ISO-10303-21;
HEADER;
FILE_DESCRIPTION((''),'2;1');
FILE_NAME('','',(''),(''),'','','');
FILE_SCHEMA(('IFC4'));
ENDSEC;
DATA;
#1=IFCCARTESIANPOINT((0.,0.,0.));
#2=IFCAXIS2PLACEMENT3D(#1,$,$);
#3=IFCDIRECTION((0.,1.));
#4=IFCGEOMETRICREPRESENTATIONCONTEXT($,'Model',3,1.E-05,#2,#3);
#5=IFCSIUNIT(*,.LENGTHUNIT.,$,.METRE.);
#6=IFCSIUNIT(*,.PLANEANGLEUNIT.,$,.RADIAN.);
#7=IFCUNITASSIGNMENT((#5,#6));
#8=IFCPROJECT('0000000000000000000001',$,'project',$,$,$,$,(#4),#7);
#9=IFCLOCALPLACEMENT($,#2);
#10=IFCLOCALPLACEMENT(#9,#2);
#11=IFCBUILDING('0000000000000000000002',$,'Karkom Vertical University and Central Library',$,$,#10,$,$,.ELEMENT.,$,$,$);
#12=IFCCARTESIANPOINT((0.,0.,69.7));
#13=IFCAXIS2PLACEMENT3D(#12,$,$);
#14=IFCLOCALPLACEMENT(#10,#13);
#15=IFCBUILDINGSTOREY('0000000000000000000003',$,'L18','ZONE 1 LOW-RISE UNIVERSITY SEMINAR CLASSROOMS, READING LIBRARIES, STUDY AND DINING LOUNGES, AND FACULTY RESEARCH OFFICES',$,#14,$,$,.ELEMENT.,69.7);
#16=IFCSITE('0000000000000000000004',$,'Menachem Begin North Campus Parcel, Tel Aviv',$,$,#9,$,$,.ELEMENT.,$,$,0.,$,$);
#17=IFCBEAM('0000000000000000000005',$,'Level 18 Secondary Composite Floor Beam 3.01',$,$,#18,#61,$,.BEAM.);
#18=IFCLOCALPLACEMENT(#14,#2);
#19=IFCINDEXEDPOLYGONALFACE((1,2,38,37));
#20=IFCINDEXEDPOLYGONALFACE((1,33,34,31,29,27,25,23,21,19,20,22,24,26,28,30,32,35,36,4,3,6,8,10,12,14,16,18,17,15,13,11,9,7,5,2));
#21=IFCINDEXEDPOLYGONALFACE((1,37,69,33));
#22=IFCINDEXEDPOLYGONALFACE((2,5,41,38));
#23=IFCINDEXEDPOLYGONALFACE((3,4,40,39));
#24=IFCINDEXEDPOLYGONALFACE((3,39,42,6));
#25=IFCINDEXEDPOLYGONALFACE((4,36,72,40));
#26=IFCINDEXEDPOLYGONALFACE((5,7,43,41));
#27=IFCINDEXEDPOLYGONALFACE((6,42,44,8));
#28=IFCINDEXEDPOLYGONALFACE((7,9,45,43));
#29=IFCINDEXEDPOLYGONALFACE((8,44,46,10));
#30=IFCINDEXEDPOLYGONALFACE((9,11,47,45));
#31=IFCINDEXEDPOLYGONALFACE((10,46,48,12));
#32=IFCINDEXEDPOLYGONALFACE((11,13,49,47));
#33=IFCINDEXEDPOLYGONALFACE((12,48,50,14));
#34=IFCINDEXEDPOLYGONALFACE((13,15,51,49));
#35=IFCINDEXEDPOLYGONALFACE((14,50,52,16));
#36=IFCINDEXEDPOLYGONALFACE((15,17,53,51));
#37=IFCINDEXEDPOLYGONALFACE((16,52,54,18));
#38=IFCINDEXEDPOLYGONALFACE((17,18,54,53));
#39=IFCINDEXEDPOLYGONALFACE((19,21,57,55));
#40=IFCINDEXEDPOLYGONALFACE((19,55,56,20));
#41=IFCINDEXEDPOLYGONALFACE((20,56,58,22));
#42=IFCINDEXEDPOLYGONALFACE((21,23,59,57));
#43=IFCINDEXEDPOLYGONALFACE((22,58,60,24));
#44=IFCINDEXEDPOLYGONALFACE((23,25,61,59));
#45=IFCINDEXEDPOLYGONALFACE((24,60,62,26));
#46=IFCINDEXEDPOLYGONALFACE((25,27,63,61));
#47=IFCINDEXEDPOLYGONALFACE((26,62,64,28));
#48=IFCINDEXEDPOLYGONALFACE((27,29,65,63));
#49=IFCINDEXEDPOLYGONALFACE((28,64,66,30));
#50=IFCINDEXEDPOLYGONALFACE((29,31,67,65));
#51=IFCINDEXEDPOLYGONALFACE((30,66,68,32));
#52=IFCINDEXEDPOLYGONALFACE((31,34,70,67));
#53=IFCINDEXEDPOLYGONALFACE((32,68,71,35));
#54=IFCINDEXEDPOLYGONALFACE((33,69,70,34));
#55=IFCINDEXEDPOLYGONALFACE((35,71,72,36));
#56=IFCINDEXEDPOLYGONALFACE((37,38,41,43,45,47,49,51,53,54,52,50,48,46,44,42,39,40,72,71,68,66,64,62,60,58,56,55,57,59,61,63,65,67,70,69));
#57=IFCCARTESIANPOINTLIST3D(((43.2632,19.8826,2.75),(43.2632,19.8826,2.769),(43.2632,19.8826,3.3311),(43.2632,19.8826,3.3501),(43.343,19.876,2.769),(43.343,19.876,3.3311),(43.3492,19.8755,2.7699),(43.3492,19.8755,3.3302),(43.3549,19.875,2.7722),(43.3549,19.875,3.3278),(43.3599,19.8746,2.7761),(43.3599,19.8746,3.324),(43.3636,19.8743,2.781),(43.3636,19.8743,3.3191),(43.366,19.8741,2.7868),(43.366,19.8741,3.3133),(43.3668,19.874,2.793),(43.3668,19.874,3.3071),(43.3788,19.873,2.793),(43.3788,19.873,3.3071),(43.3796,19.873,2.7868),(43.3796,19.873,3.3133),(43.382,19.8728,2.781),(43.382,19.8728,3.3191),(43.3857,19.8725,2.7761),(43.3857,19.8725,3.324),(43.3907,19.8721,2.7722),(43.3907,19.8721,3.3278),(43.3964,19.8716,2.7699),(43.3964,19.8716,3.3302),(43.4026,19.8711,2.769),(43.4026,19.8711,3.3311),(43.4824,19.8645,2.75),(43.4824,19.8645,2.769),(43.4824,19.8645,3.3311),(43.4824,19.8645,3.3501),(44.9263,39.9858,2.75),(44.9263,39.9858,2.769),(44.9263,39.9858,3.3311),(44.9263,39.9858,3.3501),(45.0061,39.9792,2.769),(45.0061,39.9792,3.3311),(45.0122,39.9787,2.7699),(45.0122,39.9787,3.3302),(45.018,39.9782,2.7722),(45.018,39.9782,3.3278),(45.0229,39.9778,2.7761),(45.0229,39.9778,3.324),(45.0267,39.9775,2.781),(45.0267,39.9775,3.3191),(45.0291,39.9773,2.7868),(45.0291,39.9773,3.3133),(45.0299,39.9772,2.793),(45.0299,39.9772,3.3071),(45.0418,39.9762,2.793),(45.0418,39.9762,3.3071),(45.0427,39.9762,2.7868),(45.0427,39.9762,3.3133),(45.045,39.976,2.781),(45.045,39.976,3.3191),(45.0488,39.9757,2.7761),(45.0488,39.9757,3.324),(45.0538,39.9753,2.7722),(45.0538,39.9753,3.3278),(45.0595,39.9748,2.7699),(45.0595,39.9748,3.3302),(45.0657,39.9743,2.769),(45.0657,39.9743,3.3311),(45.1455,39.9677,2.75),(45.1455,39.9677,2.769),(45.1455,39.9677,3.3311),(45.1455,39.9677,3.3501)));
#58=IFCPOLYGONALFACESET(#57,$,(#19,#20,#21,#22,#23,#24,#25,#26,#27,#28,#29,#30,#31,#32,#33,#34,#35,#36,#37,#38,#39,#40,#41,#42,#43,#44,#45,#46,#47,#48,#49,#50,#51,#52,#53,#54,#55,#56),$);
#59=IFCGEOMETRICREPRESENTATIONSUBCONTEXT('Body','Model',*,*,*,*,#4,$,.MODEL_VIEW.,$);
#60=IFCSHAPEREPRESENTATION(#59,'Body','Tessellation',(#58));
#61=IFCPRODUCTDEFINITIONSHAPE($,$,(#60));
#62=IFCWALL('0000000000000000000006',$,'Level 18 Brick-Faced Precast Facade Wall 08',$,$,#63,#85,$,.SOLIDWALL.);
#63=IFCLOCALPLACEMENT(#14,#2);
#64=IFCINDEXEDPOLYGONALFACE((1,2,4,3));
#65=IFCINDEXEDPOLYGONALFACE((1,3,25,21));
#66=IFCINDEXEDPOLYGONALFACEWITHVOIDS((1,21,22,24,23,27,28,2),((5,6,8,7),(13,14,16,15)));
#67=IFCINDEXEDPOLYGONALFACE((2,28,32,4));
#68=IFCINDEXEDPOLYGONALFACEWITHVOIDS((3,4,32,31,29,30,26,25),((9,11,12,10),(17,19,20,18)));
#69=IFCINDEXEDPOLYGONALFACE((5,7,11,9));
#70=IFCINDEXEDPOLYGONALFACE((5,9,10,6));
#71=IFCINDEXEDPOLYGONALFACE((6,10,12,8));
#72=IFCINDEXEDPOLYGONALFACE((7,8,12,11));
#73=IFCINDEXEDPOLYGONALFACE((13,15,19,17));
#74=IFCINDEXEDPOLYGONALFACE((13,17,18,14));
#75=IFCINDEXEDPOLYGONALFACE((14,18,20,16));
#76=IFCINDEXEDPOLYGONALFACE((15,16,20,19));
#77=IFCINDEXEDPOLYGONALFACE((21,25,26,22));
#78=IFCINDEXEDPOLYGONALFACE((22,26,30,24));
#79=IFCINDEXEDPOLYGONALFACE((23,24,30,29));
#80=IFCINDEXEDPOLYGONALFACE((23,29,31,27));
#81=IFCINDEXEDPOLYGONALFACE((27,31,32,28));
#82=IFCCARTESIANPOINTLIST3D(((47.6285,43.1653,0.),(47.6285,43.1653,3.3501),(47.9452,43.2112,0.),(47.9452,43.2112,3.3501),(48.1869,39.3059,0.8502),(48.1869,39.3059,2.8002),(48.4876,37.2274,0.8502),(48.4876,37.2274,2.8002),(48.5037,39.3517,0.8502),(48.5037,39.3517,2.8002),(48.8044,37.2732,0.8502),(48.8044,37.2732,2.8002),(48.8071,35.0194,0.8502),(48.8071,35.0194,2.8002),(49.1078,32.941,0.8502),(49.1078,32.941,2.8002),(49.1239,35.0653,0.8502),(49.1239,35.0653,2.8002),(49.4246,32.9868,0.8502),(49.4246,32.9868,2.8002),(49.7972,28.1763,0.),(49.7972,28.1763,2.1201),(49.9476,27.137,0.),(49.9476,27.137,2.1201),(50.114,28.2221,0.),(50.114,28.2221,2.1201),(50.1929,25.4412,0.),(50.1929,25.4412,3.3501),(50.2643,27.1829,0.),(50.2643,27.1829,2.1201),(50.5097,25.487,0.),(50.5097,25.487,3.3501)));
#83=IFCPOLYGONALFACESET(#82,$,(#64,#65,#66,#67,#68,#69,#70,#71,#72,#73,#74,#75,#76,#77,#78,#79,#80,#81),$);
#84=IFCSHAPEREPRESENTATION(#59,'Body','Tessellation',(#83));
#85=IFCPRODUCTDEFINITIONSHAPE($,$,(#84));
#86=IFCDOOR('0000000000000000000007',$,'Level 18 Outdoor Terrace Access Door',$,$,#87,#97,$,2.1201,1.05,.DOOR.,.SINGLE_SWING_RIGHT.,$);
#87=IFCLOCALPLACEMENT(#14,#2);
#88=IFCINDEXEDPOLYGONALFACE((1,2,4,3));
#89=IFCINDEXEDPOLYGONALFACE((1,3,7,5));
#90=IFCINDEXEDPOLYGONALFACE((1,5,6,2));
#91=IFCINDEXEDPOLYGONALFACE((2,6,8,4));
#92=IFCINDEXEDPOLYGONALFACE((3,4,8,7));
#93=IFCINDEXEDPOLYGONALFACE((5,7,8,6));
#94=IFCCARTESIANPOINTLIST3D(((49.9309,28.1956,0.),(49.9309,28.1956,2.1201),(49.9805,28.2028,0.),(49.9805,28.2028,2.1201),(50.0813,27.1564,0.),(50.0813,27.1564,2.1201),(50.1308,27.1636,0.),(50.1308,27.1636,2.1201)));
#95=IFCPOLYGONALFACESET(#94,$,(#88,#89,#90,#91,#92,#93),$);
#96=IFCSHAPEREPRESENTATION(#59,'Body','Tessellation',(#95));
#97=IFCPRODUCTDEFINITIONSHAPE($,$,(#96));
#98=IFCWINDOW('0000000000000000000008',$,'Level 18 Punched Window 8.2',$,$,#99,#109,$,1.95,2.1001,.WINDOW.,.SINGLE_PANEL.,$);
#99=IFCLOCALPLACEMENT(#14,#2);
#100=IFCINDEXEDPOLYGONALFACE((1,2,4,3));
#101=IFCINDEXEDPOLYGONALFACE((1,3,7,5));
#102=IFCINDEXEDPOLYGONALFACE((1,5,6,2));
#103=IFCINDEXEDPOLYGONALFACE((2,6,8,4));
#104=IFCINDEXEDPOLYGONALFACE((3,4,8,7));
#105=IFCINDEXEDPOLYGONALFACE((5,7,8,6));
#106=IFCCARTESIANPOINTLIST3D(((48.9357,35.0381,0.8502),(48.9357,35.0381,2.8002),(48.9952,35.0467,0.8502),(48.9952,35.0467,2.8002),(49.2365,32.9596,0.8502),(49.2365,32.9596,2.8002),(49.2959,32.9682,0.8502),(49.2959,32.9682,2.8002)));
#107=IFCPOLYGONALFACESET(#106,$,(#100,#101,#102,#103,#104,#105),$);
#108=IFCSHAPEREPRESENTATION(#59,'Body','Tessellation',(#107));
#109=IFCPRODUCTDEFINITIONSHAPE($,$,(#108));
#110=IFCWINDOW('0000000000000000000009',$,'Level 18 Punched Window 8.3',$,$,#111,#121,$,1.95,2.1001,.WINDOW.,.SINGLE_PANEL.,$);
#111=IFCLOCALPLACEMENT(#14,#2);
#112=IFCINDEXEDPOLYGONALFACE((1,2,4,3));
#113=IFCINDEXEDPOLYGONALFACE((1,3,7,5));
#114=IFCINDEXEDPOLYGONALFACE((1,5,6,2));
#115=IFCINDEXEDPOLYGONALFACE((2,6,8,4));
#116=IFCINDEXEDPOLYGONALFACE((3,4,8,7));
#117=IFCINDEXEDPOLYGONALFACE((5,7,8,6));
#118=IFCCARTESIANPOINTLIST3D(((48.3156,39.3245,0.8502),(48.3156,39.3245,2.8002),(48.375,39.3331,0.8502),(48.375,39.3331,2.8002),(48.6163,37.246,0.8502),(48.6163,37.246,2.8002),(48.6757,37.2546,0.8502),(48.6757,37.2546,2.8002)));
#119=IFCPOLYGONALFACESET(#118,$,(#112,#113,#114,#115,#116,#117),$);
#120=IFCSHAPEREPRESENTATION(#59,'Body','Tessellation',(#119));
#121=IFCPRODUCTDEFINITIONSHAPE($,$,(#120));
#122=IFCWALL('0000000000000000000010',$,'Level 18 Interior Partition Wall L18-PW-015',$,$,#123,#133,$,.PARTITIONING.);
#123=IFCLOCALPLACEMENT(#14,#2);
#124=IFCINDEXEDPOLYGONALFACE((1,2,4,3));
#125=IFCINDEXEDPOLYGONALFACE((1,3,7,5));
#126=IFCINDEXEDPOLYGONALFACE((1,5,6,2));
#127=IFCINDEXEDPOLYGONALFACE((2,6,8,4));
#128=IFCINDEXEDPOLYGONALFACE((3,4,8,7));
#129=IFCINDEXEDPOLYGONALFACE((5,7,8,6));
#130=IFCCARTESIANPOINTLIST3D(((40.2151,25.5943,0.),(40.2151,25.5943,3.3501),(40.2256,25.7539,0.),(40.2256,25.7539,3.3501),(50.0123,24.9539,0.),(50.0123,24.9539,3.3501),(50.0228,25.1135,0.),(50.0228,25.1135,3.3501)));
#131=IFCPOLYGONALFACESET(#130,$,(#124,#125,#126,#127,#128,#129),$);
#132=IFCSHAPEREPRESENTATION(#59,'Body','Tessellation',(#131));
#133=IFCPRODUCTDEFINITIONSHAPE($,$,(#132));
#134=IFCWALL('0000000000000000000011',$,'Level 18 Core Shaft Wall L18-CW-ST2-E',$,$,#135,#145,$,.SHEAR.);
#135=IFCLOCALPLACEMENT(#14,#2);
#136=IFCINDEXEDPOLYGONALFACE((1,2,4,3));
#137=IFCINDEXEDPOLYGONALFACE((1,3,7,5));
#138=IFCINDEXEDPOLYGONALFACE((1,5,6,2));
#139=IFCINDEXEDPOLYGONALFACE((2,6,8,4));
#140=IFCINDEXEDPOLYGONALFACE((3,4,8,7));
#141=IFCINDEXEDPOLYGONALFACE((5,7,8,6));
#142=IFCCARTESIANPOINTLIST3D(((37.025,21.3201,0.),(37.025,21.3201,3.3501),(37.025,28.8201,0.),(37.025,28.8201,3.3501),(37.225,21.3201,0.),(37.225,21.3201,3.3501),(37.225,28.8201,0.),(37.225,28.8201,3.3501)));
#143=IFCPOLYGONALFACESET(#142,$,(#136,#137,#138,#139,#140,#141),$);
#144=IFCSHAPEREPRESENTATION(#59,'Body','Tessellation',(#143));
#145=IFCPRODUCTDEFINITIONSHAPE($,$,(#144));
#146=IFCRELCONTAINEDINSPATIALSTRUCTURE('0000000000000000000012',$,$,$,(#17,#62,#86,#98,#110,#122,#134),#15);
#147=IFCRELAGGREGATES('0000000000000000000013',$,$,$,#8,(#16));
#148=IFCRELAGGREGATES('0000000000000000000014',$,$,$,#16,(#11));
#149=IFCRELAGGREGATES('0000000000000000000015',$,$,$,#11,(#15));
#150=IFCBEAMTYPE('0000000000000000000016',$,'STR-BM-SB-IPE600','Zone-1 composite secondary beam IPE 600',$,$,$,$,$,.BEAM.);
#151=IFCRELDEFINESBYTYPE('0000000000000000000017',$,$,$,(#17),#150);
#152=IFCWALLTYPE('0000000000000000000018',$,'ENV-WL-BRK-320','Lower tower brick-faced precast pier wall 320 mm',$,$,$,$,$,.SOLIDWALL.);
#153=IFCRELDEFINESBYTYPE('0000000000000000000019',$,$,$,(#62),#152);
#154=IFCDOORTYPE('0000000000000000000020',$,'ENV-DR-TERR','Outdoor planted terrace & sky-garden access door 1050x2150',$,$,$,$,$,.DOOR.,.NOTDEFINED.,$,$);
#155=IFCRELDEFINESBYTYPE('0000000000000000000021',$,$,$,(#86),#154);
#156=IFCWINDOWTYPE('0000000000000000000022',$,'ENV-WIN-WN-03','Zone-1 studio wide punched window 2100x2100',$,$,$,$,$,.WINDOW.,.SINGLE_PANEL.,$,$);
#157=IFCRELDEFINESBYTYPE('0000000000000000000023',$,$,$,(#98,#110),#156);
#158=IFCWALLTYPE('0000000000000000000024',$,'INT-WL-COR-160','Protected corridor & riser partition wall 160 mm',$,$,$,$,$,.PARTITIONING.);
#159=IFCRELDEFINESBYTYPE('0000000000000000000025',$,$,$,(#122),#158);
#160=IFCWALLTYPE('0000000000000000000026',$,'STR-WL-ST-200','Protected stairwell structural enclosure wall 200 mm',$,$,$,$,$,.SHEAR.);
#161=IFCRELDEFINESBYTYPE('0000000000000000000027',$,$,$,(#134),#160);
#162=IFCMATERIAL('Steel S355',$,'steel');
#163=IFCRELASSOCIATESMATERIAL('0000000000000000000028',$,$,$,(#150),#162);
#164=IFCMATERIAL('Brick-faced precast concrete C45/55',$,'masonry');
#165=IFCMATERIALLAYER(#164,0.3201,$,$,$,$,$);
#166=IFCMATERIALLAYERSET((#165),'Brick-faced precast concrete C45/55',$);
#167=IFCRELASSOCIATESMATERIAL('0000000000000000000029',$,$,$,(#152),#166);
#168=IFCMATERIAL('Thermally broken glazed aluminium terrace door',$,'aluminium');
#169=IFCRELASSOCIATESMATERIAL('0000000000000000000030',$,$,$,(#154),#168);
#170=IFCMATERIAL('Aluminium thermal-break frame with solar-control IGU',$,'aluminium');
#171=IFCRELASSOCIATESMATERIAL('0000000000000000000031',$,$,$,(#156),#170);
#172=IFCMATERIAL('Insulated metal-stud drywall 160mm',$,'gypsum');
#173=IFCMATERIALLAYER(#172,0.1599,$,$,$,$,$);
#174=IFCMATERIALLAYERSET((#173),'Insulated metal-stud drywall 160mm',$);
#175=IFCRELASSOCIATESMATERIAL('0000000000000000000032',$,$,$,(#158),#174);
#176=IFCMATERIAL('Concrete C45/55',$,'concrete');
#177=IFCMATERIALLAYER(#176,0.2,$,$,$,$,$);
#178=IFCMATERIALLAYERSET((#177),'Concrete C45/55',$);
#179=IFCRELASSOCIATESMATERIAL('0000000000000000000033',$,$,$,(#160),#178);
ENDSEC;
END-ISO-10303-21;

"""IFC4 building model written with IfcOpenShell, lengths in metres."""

from ifc_helpers import new_model, si_unit, direction, frame, frame_2d, origin, origin_with_axes, origin_2d, place, context, subcontext, project, spatial, rectangle, i_section, extrude, source, transform, mapped, material, layer, layer_set, material_profile, profile_set, type_object, element, fill, save


model = new_model("IFC4")

# Units and contexts
model_context = context("Model", 3, precision=1e-05, world=origin(), true_north=direction((0.0, 1.0)))
body_context = subcontext(model_context, "Body", "Model", "MODEL_VIEW")
ifc_project = project(units=[si_unit("LENGTHUNIT", "METRE"), si_unit("PLANEANGLEUNIT", "RADIAN")], contexts=[model_context])

# Site, building, storey
site_placement = place(None, origin())
site = spatial("IfcSite", under=ifc_project, at=site_placement, Name="Menachem Begin North Campus Parcel, Tel Aviv", CompositionType="ELEMENT", RefElevation=0.0)
building_placement = place(site_placement, origin())
building = spatial("IfcBuilding", under=site, at=building_placement, Name="Karkom Vertical University and Central Library", CompositionType="ELEMENT")
storey_placement = place(building_placement, frame((0.0, 0.0, 69.7)))
storey = spatial("IfcBuildingStorey", under=building, at=storey_placement, Name="L18", Description="ZONE 1 LOW-RISE UNIVERSITY SEMINAR CLASSROOMS, READING LIBRARIES, STUDY AND DINING LOUNGES, AND FACULTY RESEARCH OFFICES", CompositionType="ELEMENT", Elevation=69.7)

# Beam
ifc_material_1 = material(Name="Steel S355", Category="steel")
ifc_material_profile_1 = material_profile(ifc_material_1, i_section(OverallWidth=0.22, OverallDepth=0.6001, WebThickness=0.012, FlangeThickness=0.019, FilletRadius=0.0239, at=origin_2d()), Name="IPE 600")
ifc_profile_set_1 = profile_set([ifc_material_profile_1], Name="Steel S355")
beam_type_1 = type_object("IfcBeamType", Name="STR-BM-SB-IPE600", Description="Zone-1 composite secondary beam IPE 600", PredefinedType="BEAM", material=ifc_profile_set_1)
shared_shape_1 = source(origin_with_axes(), body_context, "Body", "SweptSolid", [
    extrude(i_section(OverallWidth=0.22, OverallDepth=0.6001, WebThickness=0.012, FlangeThickness=0.019, FilletRadius=0.0239, at=origin_2d()), origin(), (0.0, 0.0, 1.0), 20.1719),
])
beam_1_placement = place(storey_placement, frame((43.3728, 19.8735, 3.05), z_axis=(0.082445, 0.996596, 0.0), x_axis=(-0.996596, 0.082445, 0.0)))
element("IfcBeam", 1, at=beam_1_placement, inside=storey, type_object=beam_type_1, Name="Level 18 Secondary Composite Floor Beam 3.01", PredefinedType="BEAM", context=body_context, shape_type="MappedRepresentation", body=[
    mapped(shared_shape_1, transform((0.0, 0.0, 0.0), scale=1.0)),
])

# Wall, openings, door, windows
ifc_material_2 = material(Name="Brick-faced precast concrete C45/55", Category="masonry")
ifc_layer_1 = layer(ifc_material_2, 0.3201)
ifc_layer_set_1 = layer_set([ifc_layer_1], Name="Brick-faced precast concrete C45/55")
wall_type_1 = type_object("IfcWallType", Name="ENV-WL-BRK-320", Description="Lower tower brick-faced precast pier wall 320 mm", PredefinedType="SOLIDWALL", material=ifc_layer_set_1)
wall_1_placement = place(storey_placement, frame((50.3513, 25.4641, 0.0), z_axis=(0.0, 0.0, 1.0), x_axis=(-0.143196, 0.989694, 0.0)))
wall_1 = element("IfcWall", 2, at=wall_1_placement, inside=storey, type_object=wall_type_1, Name="Level 18 Brick-Faced Precast Facade Wall 08", PredefinedType="SOLIDWALL", context=body_context, shape_type="SweptSolid", body=[
    extrude(rectangle(XDim=17.9087, YDim=0.3201, at=frame_2d((8.9543, 0.0))), origin(), (0.0, 0.0, 1.0), 3.3501),
])
opening_1_placement = place(wall_1_placement, frame((7.5779, 0.0, 0.8501)))
opening_1 = element("IfcOpeningElement", 3, at=opening_1_placement, cuts=wall_1, PredefinedType="OPENING", context=body_context, shape_type="SweptSolid", body=[
    extrude(rectangle(XDim=2.1001, YDim=1.95, at=frame_2d((1.05, 0.9751))), frame((0.0, 0.1699, 0.0), z_axis=(0.0, -1.0, 0.0), x_axis=(1.0, 0.0, 0.0)), (0.0, 0.0, 1.0), 0.3401),
])
opening_2_placement = place(wall_1_placement, frame((11.9089, 0.0, 0.8501)))
opening_2 = element("IfcOpeningElement", 4, at=opening_2_placement, cuts=wall_1, PredefinedType="OPENING", context=body_context, shape_type="SweptSolid", body=[
    extrude(rectangle(XDim=2.1001, YDim=1.95, at=frame_2d((1.05, 0.9751))), frame((0.0, 0.1699, 0.0), z_axis=(0.0, -1.0, 0.0), x_axis=(1.0, 0.0, 0.0)), (0.0, 0.0, 1.0), 0.3401),
])
opening_3_placement = place(wall_1_placement, frame((1.7136, 0.0, 0.0)))
opening_3 = element("IfcOpeningElement", 5, at=opening_3_placement, cuts=wall_1, PredefinedType="OPENING", context=body_context, shape_type="SweptSolid", body=[
    extrude(rectangle(XDim=1.05, YDim=2.1201, at=frame_2d((0.5249, 1.0601))), frame((0.0, 0.1699, 0.0), z_axis=(0.0, -1.0, 0.0), x_axis=(1.0, 0.0, 0.0)), (0.0, 0.0, 1.0), 0.3401),
])
ifc_material_3 = material(Name="Thermally broken glazed aluminium terrace door", Category="aluminium")
door_type = type_object("IfcDoorType", Name="ENV-DR-TERR", Description="Outdoor planted terrace & sky-garden access door 1050x2150", OperationType="NOTDEFINED", PredefinedType="DOOR", material=ifc_material_3)
shared_shape_2 = source(origin_with_axes(), body_context, "Body", "SweptSolid", [
    extrude(rectangle(XDim=1.05, YDim=2.1201, at=frame_2d((0.5249, 1.0601))), frame((0.0, 0.0249, 0.0), z_axis=(0.0, -1.0, 0.0), x_axis=(1.0, 0.0, 0.0)), (0.0, 0.0, 1.0), 0.05),
])
door_placement = place(opening_3_placement, origin())
door = element("IfcDoor", 6, at=door_placement, inside=storey, type_object=door_type, Name="Level 18 Outdoor Terrace Access Door", OperationType="SINGLE_SWING_RIGHT", OverallHeight=2.1201, OverallWidth=1.05, PredefinedType="DOOR", context=body_context, shape_type="MappedRepresentation", body=[
    mapped(shared_shape_2, transform((0.0, 0.0, 0.0), scale=1.0)),
])
fill(opening_3, door)
ifc_material_4 = material(Name="Aluminium thermal-break frame with solar-control IGU", Category="aluminium")
window_type = type_object("IfcWindowType", Name="ENV-WIN-WN-03", Description="Zone-1 studio wide punched window 2100x2100", PartitioningType="SINGLE_PANEL", PredefinedType="WINDOW", material=ifc_material_4)
shared_shape_3 = source(origin_with_axes(), body_context, "Body", "SweptSolid", [
    extrude(rectangle(XDim=2.1001, YDim=1.95, at=frame_2d((1.05, 0.9751))), frame((0.0, 0.03, 0.0), z_axis=(0.0, -1.0, 0.0), x_axis=(1.0, 0.0, 0.0)), (0.0, 0.0, 1.0), 0.0601),
])
window_1_placement = place(opening_1_placement, origin())
window_1 = element("IfcWindow", 7, at=window_1_placement, inside=storey, type_object=window_type, Name="Level 18 Punched Window 8.2", OverallHeight=1.95, OverallWidth=2.1001, PartitioningType="SINGLE_PANEL", PredefinedType="WINDOW", context=body_context, shape_type="MappedRepresentation", body=[
    mapped(shared_shape_3, transform((0.0, 0.0, 0.0), scale=1.0)),
])
fill(opening_1, window_1)
window_2_placement = place(opening_2_placement, origin())
window_2 = element("IfcWindow", 8, at=window_2_placement, inside=storey, type_object=window_type, Name="Level 18 Punched Window 8.3", OverallHeight=1.95, OverallWidth=2.1001, PartitioningType="SINGLE_PANEL", PredefinedType="WINDOW", context=body_context, shape_type="MappedRepresentation", body=[
    mapped(shared_shape_3, transform((0.0, 0.0, 0.0), scale=1.0)),
])
fill(opening_2, window_2)

# Walls
ifc_material_5 = material(Name="Insulated metal-stud drywall 160mm", Category="gypsum")
ifc_layer_2 = layer(ifc_material_5, 0.1599)
ifc_layer_set_2 = layer_set([ifc_layer_2], Name="Insulated metal-stud drywall 160mm")
wall_type_2 = type_object("IfcWallType", Name="INT-WL-COR-160", Description="Protected corridor & riser partition wall 160 mm", PredefinedType="PARTITIONING", material=ifc_layer_set_2)
wall_2_placement = place(storey_placement, frame((40.2202, 25.6741, 0.0), z_axis=(0.0, 0.0, 1.0), x_axis=(0.997871, -0.065225, 0.0)))
element("IfcWall", 9, at=wall_2_placement, inside=storey, type_object=wall_type_2, Name="Level 18 Interior Partition Wall L18-PW-015", PredefinedType="PARTITIONING", context=body_context, shape_type="SweptSolid", body=[
    extrude(rectangle(XDim=9.8181, YDim=0.1599, at=frame_2d((4.9092, 0.0))), origin(), (0.0, 0.0, 1.0), 3.3501),
])
ifc_material_6 = material(Name="Concrete C45/55", Category="concrete")
ifc_layer_3 = layer(ifc_material_6, 0.2)
ifc_layer_set_3 = layer_set([ifc_layer_3], Name="Concrete C45/55")
wall_type_3 = type_object("IfcWallType", Name="STR-WL-ST-200", Description="Protected stairwell structural enclosure wall 200 mm", PredefinedType="SHEAR", material=ifc_layer_set_3)
wall_3_placement = place(storey_placement, frame((37.125, 21.3201, 0.0), z_axis=(0.0, 0.0, 1.0), x_axis=(0.0, 1.0, 0.0)))
element("IfcWall", 10, at=wall_3_placement, inside=storey, type_object=wall_type_3, Name="Level 18 Core Shaft Wall L18-CW-ST2-E", PredefinedType="SHEAR", context=body_context, shape_type="SweptSolid", body=[
    extrude(rectangle(XDim=7.5, YDim=0.2, at=frame_2d((3.75, 0.0))), origin(), (0.0, 0.0, 1.0), 3.3501),
])

save(model, "model.ifc")
